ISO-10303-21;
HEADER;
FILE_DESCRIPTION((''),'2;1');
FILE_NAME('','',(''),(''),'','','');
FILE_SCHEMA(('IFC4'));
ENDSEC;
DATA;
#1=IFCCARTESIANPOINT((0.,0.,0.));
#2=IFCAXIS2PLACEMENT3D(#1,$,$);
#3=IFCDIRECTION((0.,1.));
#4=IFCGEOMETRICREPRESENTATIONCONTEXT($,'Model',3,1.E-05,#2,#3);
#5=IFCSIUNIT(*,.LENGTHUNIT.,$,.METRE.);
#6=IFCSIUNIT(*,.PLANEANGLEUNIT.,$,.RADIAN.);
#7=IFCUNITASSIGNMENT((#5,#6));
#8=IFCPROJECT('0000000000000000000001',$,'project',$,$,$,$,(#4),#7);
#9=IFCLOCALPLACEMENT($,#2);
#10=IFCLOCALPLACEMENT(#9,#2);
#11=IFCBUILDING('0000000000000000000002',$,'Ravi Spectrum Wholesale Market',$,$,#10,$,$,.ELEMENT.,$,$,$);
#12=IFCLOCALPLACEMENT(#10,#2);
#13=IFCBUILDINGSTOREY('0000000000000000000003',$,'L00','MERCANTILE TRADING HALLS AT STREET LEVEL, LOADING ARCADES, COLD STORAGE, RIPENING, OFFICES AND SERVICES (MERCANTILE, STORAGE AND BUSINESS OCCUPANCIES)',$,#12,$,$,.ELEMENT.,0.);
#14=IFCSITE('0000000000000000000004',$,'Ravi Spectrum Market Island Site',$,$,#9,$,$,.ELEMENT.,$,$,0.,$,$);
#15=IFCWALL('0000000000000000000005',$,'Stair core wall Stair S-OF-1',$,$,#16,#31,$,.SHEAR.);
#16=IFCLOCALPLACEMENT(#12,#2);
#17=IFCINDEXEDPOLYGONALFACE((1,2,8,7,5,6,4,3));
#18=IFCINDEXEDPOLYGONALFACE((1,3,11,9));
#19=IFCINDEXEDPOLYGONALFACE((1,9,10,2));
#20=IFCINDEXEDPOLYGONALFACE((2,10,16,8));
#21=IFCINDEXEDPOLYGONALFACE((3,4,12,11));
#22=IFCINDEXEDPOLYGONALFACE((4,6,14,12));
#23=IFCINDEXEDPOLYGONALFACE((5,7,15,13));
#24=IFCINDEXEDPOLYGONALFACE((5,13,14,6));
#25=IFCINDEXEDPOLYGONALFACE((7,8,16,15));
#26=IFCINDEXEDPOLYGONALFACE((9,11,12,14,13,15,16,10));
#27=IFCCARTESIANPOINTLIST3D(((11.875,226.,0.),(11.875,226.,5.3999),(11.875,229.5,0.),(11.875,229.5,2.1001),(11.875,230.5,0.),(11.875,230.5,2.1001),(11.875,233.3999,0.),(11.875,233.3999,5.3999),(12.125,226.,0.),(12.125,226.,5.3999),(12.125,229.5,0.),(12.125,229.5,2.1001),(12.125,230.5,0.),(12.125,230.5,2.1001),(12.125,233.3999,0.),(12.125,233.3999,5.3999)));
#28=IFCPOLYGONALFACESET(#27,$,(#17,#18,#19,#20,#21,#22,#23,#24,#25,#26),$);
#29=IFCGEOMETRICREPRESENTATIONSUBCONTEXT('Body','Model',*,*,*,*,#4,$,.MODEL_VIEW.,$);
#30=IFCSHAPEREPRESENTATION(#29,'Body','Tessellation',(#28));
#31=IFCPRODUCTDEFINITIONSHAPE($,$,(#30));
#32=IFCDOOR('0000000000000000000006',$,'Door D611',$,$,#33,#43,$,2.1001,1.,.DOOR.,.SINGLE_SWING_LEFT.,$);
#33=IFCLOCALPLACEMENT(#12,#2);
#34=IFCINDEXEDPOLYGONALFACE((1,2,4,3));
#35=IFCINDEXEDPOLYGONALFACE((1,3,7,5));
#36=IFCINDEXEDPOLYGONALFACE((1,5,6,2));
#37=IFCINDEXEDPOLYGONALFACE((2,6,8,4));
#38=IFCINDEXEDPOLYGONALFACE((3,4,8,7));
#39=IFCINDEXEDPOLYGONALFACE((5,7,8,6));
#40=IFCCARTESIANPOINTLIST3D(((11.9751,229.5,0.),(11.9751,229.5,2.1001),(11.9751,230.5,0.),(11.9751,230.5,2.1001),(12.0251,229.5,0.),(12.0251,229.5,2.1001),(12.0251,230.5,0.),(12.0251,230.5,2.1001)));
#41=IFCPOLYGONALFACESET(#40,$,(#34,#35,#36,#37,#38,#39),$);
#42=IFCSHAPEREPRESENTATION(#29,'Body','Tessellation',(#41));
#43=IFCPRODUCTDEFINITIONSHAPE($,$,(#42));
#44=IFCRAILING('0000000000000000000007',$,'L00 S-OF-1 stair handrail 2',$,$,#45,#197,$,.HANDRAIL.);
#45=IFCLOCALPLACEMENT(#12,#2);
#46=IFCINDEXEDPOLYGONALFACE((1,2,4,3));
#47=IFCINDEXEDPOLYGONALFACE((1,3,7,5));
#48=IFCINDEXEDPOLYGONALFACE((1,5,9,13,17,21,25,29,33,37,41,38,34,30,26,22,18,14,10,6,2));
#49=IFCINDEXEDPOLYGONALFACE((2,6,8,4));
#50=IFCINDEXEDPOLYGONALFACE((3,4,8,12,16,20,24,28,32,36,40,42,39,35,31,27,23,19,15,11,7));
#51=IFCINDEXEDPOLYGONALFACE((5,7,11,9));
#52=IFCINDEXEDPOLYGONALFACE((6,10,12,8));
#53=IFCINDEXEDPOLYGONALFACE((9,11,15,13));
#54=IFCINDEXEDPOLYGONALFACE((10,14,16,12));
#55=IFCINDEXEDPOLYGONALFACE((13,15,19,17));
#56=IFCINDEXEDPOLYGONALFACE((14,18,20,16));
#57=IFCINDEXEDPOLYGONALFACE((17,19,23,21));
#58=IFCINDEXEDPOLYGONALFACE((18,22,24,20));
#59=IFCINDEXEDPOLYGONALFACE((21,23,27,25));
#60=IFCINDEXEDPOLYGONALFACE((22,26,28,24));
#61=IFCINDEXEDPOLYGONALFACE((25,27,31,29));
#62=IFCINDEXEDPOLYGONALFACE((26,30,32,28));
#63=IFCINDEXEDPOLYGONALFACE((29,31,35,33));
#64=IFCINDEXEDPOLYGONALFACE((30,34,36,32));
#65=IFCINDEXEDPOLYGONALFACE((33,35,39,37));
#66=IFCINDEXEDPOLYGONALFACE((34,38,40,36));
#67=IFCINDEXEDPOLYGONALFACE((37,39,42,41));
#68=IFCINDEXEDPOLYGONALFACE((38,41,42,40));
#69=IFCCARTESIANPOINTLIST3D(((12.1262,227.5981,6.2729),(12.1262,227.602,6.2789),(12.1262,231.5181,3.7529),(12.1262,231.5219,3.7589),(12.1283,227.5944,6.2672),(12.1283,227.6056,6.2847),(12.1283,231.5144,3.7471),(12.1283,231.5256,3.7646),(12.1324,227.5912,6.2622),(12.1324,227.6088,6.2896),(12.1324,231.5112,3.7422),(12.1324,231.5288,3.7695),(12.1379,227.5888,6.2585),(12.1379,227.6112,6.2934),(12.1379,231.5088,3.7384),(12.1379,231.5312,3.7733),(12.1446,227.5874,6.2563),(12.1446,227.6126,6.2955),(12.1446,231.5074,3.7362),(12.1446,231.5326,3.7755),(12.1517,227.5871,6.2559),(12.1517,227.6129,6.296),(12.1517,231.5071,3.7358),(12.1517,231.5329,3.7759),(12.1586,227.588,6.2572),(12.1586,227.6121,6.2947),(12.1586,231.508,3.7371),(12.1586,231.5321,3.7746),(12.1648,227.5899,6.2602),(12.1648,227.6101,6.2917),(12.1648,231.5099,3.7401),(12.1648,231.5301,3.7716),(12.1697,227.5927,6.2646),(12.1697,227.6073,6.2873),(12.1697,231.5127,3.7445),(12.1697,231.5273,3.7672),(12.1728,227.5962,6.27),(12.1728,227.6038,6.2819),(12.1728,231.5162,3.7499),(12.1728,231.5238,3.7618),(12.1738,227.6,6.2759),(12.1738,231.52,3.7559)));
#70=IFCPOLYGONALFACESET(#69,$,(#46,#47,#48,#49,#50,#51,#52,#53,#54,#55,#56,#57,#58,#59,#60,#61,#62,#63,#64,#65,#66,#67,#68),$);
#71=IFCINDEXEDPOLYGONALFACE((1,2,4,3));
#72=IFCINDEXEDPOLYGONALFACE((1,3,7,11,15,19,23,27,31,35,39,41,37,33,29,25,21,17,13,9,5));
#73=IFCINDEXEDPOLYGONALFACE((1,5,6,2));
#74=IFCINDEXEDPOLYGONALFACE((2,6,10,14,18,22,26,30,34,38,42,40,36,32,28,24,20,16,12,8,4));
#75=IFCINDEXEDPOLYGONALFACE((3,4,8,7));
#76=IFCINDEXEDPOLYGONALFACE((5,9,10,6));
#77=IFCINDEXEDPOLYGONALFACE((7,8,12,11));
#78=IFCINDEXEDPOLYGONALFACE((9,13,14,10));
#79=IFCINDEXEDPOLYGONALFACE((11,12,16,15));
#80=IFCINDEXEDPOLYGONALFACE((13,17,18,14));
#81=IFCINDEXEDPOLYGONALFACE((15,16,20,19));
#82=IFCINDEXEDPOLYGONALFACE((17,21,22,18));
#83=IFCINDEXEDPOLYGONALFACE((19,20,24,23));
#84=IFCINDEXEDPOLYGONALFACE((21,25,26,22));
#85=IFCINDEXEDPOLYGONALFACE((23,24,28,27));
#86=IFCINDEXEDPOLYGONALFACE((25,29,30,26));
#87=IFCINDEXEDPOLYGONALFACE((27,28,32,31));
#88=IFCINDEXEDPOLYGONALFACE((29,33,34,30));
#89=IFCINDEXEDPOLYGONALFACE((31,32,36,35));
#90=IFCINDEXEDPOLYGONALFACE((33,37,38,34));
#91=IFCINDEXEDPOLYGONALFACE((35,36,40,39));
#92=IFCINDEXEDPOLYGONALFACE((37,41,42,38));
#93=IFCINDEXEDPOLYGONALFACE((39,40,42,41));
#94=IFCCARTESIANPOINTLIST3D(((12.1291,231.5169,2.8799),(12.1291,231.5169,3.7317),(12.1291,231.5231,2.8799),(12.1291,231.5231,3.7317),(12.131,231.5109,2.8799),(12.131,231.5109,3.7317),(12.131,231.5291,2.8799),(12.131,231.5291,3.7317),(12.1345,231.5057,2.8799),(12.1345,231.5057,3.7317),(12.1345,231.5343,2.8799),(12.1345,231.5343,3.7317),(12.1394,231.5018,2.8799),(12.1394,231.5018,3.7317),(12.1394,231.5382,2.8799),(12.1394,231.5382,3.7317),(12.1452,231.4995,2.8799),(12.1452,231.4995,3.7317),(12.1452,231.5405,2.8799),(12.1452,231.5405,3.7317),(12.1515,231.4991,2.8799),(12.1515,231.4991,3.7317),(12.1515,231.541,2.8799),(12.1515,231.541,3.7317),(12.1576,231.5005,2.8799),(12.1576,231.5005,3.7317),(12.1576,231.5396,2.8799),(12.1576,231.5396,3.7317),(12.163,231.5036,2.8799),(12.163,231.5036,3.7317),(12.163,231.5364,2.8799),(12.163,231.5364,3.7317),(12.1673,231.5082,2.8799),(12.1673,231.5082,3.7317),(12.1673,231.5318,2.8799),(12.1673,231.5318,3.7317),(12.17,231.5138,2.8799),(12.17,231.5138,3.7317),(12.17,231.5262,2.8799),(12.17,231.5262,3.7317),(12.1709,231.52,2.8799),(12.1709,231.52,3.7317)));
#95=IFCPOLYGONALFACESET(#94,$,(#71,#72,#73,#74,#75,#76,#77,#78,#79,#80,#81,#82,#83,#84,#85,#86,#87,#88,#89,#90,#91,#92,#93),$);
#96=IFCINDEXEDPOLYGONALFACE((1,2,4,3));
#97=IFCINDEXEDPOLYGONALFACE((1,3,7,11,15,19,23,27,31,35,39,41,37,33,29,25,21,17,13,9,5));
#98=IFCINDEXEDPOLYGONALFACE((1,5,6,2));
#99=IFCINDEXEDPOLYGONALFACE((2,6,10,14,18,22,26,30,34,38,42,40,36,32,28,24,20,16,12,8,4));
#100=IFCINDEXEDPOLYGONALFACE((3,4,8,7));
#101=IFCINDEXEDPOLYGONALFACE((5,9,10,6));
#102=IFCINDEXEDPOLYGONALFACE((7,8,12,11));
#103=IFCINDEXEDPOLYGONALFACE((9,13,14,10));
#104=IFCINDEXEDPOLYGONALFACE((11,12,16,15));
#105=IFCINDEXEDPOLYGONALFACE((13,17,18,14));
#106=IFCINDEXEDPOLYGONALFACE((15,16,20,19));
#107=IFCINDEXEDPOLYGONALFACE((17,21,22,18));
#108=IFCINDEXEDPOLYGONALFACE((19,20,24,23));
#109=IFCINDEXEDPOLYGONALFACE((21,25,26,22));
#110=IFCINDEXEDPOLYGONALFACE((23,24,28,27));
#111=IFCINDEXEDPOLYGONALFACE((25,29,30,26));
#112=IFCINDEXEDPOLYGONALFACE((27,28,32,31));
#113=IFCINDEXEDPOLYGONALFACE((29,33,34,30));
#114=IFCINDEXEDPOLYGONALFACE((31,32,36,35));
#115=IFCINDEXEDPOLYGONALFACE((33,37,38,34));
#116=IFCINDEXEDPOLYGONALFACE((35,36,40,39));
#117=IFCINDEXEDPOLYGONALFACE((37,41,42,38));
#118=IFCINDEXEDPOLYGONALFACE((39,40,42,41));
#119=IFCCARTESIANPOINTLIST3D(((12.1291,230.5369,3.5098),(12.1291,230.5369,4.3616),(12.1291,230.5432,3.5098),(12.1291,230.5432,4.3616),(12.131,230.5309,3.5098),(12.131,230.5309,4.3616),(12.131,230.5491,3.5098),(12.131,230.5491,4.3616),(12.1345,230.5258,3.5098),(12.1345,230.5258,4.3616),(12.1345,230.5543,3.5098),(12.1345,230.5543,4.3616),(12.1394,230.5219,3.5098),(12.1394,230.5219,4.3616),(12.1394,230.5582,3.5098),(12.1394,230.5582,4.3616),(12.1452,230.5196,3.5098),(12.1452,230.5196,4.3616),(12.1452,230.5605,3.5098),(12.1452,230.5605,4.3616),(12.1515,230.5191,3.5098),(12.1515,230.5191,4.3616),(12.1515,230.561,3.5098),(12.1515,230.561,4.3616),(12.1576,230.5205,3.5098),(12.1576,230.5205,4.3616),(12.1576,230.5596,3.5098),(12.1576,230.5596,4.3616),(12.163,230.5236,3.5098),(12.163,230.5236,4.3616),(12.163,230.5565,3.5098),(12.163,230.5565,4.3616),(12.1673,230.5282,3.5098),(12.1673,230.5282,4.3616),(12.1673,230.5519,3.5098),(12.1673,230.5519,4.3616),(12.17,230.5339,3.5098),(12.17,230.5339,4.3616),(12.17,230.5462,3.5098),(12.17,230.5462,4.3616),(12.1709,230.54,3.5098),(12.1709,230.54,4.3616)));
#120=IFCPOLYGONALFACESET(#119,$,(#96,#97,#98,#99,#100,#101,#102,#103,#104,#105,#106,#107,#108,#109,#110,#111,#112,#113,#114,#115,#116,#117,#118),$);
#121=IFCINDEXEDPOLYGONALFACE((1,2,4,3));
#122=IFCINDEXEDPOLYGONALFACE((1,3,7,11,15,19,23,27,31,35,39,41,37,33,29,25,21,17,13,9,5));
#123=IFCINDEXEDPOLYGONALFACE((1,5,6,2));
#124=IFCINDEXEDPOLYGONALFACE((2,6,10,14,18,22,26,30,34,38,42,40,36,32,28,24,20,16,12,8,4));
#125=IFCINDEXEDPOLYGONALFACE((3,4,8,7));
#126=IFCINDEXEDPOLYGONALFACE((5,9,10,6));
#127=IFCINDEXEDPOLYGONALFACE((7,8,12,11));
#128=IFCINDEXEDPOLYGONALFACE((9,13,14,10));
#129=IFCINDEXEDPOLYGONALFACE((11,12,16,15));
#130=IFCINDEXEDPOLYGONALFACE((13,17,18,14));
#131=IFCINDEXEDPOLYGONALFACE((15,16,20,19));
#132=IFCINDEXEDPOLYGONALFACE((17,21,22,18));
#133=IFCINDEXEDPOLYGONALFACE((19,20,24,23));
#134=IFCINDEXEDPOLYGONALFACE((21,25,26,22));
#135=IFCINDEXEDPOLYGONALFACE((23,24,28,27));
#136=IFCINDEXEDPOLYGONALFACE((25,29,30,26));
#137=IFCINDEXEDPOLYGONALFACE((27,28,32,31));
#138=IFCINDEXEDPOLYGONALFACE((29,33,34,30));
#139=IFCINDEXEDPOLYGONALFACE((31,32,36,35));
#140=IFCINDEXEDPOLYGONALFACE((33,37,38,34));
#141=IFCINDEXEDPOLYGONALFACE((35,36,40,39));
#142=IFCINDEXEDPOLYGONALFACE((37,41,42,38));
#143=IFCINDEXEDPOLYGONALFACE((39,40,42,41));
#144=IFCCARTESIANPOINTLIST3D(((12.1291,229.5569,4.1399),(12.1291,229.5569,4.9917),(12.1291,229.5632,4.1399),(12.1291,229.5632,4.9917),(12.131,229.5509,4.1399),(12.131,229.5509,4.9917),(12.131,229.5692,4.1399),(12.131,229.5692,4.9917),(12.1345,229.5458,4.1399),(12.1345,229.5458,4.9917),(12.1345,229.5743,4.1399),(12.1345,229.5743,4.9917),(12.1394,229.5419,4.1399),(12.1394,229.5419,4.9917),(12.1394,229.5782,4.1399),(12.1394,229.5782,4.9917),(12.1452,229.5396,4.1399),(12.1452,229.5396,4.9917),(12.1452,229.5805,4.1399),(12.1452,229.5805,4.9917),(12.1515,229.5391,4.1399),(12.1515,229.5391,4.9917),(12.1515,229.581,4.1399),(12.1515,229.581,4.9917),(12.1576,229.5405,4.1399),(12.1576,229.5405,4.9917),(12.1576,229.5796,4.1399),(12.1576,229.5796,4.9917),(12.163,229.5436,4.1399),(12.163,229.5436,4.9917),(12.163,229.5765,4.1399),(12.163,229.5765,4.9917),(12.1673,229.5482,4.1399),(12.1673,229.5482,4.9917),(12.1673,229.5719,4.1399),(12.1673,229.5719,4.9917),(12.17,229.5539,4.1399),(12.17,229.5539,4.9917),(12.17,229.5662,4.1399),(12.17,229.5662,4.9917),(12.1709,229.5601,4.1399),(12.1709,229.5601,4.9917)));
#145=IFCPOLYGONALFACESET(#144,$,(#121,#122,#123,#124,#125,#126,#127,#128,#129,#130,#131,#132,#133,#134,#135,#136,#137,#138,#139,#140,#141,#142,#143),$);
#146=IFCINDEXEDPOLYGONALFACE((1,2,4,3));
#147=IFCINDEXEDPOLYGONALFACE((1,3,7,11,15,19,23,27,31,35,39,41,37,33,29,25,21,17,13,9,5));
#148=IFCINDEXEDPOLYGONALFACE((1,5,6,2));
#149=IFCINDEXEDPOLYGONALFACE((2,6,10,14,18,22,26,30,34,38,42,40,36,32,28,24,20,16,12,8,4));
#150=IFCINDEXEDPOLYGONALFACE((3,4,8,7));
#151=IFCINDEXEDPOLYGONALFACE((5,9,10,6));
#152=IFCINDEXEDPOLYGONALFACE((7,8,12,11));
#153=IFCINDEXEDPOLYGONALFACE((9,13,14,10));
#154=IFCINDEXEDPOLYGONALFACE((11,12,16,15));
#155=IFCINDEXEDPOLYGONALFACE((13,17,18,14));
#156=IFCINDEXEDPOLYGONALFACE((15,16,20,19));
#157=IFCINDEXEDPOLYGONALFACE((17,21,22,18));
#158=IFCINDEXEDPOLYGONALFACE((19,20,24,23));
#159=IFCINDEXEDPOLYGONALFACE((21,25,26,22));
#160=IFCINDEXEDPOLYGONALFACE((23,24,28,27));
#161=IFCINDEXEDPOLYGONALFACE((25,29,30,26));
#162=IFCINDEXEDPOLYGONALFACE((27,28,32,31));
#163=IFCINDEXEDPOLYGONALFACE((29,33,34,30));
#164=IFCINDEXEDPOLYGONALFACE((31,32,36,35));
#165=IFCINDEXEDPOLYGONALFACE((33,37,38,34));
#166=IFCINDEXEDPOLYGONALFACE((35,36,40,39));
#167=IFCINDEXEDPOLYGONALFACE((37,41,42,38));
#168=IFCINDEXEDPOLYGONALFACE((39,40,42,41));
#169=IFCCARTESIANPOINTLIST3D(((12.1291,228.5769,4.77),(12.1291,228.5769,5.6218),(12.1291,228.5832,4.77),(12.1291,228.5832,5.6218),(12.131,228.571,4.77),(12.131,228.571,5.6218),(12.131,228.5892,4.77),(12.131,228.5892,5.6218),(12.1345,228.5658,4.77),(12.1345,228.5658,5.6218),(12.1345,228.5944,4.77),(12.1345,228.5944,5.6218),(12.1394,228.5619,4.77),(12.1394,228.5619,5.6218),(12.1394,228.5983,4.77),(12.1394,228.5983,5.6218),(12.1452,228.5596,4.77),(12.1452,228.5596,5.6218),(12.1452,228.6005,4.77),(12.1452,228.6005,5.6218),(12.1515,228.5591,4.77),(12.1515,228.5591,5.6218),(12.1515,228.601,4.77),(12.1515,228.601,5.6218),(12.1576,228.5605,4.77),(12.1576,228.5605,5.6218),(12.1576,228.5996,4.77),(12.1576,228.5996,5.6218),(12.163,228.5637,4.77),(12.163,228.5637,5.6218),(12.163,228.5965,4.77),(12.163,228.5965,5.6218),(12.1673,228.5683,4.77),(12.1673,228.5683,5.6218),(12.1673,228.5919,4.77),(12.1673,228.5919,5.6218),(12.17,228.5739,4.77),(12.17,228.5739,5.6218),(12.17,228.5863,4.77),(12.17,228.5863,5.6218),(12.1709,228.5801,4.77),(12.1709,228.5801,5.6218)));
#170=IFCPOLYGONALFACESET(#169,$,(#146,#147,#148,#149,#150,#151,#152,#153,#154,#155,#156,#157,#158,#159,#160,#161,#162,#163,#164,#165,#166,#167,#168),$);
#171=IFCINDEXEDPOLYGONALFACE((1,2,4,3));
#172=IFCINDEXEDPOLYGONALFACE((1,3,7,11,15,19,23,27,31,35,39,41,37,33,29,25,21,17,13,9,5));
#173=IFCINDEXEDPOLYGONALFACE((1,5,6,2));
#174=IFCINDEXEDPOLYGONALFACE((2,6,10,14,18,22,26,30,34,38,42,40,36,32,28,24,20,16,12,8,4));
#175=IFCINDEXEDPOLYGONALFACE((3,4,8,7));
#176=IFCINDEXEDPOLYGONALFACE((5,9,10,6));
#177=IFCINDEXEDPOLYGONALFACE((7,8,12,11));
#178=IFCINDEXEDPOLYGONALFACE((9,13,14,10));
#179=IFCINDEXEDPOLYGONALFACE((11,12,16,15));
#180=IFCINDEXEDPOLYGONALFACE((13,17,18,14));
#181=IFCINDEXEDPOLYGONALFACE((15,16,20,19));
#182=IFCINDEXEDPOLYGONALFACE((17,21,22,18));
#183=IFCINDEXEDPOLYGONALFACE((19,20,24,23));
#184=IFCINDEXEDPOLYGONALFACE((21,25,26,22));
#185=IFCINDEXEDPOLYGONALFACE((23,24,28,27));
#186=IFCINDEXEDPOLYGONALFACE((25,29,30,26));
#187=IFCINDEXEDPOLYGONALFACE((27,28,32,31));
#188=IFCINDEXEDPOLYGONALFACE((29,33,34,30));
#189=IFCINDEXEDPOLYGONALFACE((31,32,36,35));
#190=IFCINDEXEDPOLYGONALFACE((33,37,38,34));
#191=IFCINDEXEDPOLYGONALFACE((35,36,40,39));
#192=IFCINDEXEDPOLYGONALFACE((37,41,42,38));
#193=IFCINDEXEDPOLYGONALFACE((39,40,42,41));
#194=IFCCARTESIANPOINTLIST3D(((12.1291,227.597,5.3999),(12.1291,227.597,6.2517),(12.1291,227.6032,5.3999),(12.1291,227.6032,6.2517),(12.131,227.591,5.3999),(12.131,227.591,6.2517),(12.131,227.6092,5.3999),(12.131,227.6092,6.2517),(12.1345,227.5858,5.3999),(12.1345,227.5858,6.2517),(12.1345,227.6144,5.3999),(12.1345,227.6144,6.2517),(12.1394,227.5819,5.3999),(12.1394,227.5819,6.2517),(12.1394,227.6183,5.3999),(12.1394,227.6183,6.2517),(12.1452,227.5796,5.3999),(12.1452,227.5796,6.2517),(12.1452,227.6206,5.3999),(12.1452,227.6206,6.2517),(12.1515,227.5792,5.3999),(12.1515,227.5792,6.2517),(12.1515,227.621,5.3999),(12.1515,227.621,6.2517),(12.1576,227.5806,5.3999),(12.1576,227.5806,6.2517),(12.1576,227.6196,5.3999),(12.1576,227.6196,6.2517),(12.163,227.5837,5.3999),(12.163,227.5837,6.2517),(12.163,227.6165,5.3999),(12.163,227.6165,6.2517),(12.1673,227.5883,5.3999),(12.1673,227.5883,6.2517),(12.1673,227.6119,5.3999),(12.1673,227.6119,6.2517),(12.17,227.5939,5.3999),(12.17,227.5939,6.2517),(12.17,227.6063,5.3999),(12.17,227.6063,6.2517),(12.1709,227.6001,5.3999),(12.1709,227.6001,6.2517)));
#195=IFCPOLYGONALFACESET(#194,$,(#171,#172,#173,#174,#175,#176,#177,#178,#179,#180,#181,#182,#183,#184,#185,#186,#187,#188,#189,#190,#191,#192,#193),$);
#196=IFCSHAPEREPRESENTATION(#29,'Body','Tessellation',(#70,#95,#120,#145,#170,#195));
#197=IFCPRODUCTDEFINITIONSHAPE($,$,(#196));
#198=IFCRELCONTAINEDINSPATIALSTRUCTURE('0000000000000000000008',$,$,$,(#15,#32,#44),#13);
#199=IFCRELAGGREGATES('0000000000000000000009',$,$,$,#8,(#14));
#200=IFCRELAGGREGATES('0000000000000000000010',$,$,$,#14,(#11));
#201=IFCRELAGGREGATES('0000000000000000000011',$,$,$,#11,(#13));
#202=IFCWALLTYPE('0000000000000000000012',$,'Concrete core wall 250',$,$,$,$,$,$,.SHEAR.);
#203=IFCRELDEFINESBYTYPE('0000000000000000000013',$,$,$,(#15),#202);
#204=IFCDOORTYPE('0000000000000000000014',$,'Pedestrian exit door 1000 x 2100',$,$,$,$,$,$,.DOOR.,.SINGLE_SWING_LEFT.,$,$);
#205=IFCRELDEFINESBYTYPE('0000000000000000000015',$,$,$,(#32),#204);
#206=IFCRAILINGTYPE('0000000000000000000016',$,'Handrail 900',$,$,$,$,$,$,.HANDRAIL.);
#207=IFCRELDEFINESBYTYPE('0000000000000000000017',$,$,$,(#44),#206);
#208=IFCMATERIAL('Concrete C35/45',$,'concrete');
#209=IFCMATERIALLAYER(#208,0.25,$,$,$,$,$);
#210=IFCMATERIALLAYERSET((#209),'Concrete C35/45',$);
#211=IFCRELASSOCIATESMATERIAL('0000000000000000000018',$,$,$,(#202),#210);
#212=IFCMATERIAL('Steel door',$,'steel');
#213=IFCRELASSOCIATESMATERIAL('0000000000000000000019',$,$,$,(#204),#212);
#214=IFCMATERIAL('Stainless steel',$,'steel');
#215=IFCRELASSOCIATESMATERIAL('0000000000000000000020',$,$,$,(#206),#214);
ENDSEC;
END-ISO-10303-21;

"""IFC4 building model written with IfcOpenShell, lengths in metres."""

from ifc_helpers import new_model, si_unit, direction, frame, frame_2d, origin, origin_2d, place, context, subcontext, project, spatial, rectangle, circle, extrude, material, layer, layer_set, type_object, element, fill, save


model = new_model("IFC4")

# Units and contexts
model_context = context("Model", 3, precision=1e-05, world=origin(), true_north=direction((0.0, 1.0)))
body_context = subcontext(model_context, "Body", "Model", "MODEL_VIEW")
ifc_project = project(units=[si_unit("LENGTHUNIT", "METRE"), si_unit("PLANEANGLEUNIT", "RADIAN")], contexts=[model_context])

# Site, building, storey
site_placement = place(None, origin())
site = spatial("IfcSite", under=ifc_project, at=site_placement, Name="Ravi Spectrum Market Island Site", CompositionType="ELEMENT", RefElevation=0.0)
building_placement = place(site_placement, origin())
building = spatial("IfcBuilding", under=site, at=building_placement, Name="Ravi Spectrum Wholesale Market", CompositionType="ELEMENT")
storey_placement = place(building_placement, origin())
storey = spatial("IfcBuildingStorey", under=building, at=storey_placement, Name="L00", Description="MERCANTILE TRADING HALLS AT STREET LEVEL, LOADING ARCADES, COLD STORAGE, RIPENING, OFFICES AND SERVICES (MERCANTILE, STORAGE AND BUSINESS OCCUPANCIES)", CompositionType="ELEMENT", Elevation=0.0)

# Wall, opening, door
ifc_material_1 = material(Name="Concrete C35/45", Category="concrete")
ifc_layer_1 = layer(ifc_material_1, 0.25)
ifc_layer_set_1 = layer_set([ifc_layer_1], Name="Concrete C35/45")
wall_type_1 = type_object("IfcWallType", Name="Concrete core wall 250", PredefinedType="SHEAR", material=ifc_layer_set_1)
ifc_material_2 = material(Name="Steel door", Category="steel")
door_type_1 = type_object("IfcDoorType", Name="Pedestrian exit door 1000 x 2100", OperationType="SINGLE_SWING_LEFT", PredefinedType="DOOR", material=ifc_material_2)
wall_1_placement = place(storey_placement, frame((12.0, 226.0, 0.0), z_axis=(0.0, 0.0, 1.0), x_axis=(0.0, 1.0, 0.0)))
wall_1 = element("IfcWall", 1, at=wall_1_placement, inside=storey, type_object=wall_type_1, Name="Stair core wall Stair S-OF-1", PredefinedType="SHEAR", context=body_context, shape_type="SweptSolid", body=[
    extrude(rectangle(XDim=7.3999, YDim=0.25, at=frame_2d((3.7, 0.0))), origin(), (0.0, 0.0, 1.0), 5.3999),
])
opening_1_placement = place(wall_1_placement, frame((3.5, 0.0, 0.0)))
opening_1 = element("IfcOpeningElement", 2, at=opening_1_placement, cuts=wall_1, PredefinedType="OPENING", context=body_context, shape_type="SweptSolid", body=[
    extrude(rectangle(XDim=1.0, YDim=2.1001, at=frame_2d((0.5, 1.05))), frame((0.0, 0.135, 0.0), z_axis=(0.0, -1.0, 0.0), x_axis=(1.0, 0.0, 0.0)), (0.0, 0.0, 1.0), 0.27),
])
door_1_placement = place(opening_1_placement, origin())
door_1 = element("IfcDoor", 3, at=door_1_placement, inside=storey, type_object=door_type_1, Name="Door D611", OperationType="SINGLE_SWING_LEFT", OverallHeight=2.1001, OverallWidth=1.0, PredefinedType="DOOR", context=body_context, shape_type="SweptSolid", body=[
    extrude(rectangle(XDim=1.0, YDim=2.1001, at=frame_2d((0.5, 1.05))), frame((0.0, 0.0249, 0.0), z_axis=(0.0, -1.0, 0.0), x_axis=(1.0, 0.0, 0.0)), (0.0, 0.0, 1.0), 0.05),
])
fill(opening_1, door_1)

# Railing
ifc_material_3 = material(Name="Stainless steel", Category="steel")
railing_type = type_object("IfcRailingType", Name="Handrail 900", PredefinedType="HANDRAIL", material=ifc_material_3)
railing_placement = place(storey_placement, frame((12.1499, 231.52, 2.8799)))
element("IfcRailing", 4, at=railing_placement, inside=storey, type_object=railing_type, Name="L00 S-OF-1 stair handrail 2", PredefinedType="HANDRAIL", context=body_context, shape_type="SweptSolid", body=[
    extrude(circle(Radius=0.0239, at=origin_2d()), frame((0.0, 0.0, 0.876), z_axis=(0.0, -0.841172, 0.540768), x_axis=(1.0, 0.0, 0.0)), (0.0, 0.0, 1.0), 4.6602),
    extrude(circle(Radius=0.021, at=origin_2d()), origin(), (0.0, 0.0, 1.0), 0.8518),
    extrude(circle(Radius=0.021, at=origin_2d()), frame((0.0, -0.98, 0.6299)), (0.0, 0.0, 1.0), 0.8518),
    extrude(circle(Radius=0.021, at=origin_2d()), frame((0.0, -1.96, 1.26)), (0.0, 0.0, 1.0), 0.8518),
    extrude(circle(Radius=0.021, at=origin_2d()), frame((0.0, -2.9399, 1.8901)), (0.0, 0.0, 1.0), 0.8518),
    extrude(circle(Radius=0.021, at=origin_2d()), frame((0.0, -3.9199, 2.52)), (0.0, 0.0, 1.0), 0.8518),
])

save(model, "model.ifc")
